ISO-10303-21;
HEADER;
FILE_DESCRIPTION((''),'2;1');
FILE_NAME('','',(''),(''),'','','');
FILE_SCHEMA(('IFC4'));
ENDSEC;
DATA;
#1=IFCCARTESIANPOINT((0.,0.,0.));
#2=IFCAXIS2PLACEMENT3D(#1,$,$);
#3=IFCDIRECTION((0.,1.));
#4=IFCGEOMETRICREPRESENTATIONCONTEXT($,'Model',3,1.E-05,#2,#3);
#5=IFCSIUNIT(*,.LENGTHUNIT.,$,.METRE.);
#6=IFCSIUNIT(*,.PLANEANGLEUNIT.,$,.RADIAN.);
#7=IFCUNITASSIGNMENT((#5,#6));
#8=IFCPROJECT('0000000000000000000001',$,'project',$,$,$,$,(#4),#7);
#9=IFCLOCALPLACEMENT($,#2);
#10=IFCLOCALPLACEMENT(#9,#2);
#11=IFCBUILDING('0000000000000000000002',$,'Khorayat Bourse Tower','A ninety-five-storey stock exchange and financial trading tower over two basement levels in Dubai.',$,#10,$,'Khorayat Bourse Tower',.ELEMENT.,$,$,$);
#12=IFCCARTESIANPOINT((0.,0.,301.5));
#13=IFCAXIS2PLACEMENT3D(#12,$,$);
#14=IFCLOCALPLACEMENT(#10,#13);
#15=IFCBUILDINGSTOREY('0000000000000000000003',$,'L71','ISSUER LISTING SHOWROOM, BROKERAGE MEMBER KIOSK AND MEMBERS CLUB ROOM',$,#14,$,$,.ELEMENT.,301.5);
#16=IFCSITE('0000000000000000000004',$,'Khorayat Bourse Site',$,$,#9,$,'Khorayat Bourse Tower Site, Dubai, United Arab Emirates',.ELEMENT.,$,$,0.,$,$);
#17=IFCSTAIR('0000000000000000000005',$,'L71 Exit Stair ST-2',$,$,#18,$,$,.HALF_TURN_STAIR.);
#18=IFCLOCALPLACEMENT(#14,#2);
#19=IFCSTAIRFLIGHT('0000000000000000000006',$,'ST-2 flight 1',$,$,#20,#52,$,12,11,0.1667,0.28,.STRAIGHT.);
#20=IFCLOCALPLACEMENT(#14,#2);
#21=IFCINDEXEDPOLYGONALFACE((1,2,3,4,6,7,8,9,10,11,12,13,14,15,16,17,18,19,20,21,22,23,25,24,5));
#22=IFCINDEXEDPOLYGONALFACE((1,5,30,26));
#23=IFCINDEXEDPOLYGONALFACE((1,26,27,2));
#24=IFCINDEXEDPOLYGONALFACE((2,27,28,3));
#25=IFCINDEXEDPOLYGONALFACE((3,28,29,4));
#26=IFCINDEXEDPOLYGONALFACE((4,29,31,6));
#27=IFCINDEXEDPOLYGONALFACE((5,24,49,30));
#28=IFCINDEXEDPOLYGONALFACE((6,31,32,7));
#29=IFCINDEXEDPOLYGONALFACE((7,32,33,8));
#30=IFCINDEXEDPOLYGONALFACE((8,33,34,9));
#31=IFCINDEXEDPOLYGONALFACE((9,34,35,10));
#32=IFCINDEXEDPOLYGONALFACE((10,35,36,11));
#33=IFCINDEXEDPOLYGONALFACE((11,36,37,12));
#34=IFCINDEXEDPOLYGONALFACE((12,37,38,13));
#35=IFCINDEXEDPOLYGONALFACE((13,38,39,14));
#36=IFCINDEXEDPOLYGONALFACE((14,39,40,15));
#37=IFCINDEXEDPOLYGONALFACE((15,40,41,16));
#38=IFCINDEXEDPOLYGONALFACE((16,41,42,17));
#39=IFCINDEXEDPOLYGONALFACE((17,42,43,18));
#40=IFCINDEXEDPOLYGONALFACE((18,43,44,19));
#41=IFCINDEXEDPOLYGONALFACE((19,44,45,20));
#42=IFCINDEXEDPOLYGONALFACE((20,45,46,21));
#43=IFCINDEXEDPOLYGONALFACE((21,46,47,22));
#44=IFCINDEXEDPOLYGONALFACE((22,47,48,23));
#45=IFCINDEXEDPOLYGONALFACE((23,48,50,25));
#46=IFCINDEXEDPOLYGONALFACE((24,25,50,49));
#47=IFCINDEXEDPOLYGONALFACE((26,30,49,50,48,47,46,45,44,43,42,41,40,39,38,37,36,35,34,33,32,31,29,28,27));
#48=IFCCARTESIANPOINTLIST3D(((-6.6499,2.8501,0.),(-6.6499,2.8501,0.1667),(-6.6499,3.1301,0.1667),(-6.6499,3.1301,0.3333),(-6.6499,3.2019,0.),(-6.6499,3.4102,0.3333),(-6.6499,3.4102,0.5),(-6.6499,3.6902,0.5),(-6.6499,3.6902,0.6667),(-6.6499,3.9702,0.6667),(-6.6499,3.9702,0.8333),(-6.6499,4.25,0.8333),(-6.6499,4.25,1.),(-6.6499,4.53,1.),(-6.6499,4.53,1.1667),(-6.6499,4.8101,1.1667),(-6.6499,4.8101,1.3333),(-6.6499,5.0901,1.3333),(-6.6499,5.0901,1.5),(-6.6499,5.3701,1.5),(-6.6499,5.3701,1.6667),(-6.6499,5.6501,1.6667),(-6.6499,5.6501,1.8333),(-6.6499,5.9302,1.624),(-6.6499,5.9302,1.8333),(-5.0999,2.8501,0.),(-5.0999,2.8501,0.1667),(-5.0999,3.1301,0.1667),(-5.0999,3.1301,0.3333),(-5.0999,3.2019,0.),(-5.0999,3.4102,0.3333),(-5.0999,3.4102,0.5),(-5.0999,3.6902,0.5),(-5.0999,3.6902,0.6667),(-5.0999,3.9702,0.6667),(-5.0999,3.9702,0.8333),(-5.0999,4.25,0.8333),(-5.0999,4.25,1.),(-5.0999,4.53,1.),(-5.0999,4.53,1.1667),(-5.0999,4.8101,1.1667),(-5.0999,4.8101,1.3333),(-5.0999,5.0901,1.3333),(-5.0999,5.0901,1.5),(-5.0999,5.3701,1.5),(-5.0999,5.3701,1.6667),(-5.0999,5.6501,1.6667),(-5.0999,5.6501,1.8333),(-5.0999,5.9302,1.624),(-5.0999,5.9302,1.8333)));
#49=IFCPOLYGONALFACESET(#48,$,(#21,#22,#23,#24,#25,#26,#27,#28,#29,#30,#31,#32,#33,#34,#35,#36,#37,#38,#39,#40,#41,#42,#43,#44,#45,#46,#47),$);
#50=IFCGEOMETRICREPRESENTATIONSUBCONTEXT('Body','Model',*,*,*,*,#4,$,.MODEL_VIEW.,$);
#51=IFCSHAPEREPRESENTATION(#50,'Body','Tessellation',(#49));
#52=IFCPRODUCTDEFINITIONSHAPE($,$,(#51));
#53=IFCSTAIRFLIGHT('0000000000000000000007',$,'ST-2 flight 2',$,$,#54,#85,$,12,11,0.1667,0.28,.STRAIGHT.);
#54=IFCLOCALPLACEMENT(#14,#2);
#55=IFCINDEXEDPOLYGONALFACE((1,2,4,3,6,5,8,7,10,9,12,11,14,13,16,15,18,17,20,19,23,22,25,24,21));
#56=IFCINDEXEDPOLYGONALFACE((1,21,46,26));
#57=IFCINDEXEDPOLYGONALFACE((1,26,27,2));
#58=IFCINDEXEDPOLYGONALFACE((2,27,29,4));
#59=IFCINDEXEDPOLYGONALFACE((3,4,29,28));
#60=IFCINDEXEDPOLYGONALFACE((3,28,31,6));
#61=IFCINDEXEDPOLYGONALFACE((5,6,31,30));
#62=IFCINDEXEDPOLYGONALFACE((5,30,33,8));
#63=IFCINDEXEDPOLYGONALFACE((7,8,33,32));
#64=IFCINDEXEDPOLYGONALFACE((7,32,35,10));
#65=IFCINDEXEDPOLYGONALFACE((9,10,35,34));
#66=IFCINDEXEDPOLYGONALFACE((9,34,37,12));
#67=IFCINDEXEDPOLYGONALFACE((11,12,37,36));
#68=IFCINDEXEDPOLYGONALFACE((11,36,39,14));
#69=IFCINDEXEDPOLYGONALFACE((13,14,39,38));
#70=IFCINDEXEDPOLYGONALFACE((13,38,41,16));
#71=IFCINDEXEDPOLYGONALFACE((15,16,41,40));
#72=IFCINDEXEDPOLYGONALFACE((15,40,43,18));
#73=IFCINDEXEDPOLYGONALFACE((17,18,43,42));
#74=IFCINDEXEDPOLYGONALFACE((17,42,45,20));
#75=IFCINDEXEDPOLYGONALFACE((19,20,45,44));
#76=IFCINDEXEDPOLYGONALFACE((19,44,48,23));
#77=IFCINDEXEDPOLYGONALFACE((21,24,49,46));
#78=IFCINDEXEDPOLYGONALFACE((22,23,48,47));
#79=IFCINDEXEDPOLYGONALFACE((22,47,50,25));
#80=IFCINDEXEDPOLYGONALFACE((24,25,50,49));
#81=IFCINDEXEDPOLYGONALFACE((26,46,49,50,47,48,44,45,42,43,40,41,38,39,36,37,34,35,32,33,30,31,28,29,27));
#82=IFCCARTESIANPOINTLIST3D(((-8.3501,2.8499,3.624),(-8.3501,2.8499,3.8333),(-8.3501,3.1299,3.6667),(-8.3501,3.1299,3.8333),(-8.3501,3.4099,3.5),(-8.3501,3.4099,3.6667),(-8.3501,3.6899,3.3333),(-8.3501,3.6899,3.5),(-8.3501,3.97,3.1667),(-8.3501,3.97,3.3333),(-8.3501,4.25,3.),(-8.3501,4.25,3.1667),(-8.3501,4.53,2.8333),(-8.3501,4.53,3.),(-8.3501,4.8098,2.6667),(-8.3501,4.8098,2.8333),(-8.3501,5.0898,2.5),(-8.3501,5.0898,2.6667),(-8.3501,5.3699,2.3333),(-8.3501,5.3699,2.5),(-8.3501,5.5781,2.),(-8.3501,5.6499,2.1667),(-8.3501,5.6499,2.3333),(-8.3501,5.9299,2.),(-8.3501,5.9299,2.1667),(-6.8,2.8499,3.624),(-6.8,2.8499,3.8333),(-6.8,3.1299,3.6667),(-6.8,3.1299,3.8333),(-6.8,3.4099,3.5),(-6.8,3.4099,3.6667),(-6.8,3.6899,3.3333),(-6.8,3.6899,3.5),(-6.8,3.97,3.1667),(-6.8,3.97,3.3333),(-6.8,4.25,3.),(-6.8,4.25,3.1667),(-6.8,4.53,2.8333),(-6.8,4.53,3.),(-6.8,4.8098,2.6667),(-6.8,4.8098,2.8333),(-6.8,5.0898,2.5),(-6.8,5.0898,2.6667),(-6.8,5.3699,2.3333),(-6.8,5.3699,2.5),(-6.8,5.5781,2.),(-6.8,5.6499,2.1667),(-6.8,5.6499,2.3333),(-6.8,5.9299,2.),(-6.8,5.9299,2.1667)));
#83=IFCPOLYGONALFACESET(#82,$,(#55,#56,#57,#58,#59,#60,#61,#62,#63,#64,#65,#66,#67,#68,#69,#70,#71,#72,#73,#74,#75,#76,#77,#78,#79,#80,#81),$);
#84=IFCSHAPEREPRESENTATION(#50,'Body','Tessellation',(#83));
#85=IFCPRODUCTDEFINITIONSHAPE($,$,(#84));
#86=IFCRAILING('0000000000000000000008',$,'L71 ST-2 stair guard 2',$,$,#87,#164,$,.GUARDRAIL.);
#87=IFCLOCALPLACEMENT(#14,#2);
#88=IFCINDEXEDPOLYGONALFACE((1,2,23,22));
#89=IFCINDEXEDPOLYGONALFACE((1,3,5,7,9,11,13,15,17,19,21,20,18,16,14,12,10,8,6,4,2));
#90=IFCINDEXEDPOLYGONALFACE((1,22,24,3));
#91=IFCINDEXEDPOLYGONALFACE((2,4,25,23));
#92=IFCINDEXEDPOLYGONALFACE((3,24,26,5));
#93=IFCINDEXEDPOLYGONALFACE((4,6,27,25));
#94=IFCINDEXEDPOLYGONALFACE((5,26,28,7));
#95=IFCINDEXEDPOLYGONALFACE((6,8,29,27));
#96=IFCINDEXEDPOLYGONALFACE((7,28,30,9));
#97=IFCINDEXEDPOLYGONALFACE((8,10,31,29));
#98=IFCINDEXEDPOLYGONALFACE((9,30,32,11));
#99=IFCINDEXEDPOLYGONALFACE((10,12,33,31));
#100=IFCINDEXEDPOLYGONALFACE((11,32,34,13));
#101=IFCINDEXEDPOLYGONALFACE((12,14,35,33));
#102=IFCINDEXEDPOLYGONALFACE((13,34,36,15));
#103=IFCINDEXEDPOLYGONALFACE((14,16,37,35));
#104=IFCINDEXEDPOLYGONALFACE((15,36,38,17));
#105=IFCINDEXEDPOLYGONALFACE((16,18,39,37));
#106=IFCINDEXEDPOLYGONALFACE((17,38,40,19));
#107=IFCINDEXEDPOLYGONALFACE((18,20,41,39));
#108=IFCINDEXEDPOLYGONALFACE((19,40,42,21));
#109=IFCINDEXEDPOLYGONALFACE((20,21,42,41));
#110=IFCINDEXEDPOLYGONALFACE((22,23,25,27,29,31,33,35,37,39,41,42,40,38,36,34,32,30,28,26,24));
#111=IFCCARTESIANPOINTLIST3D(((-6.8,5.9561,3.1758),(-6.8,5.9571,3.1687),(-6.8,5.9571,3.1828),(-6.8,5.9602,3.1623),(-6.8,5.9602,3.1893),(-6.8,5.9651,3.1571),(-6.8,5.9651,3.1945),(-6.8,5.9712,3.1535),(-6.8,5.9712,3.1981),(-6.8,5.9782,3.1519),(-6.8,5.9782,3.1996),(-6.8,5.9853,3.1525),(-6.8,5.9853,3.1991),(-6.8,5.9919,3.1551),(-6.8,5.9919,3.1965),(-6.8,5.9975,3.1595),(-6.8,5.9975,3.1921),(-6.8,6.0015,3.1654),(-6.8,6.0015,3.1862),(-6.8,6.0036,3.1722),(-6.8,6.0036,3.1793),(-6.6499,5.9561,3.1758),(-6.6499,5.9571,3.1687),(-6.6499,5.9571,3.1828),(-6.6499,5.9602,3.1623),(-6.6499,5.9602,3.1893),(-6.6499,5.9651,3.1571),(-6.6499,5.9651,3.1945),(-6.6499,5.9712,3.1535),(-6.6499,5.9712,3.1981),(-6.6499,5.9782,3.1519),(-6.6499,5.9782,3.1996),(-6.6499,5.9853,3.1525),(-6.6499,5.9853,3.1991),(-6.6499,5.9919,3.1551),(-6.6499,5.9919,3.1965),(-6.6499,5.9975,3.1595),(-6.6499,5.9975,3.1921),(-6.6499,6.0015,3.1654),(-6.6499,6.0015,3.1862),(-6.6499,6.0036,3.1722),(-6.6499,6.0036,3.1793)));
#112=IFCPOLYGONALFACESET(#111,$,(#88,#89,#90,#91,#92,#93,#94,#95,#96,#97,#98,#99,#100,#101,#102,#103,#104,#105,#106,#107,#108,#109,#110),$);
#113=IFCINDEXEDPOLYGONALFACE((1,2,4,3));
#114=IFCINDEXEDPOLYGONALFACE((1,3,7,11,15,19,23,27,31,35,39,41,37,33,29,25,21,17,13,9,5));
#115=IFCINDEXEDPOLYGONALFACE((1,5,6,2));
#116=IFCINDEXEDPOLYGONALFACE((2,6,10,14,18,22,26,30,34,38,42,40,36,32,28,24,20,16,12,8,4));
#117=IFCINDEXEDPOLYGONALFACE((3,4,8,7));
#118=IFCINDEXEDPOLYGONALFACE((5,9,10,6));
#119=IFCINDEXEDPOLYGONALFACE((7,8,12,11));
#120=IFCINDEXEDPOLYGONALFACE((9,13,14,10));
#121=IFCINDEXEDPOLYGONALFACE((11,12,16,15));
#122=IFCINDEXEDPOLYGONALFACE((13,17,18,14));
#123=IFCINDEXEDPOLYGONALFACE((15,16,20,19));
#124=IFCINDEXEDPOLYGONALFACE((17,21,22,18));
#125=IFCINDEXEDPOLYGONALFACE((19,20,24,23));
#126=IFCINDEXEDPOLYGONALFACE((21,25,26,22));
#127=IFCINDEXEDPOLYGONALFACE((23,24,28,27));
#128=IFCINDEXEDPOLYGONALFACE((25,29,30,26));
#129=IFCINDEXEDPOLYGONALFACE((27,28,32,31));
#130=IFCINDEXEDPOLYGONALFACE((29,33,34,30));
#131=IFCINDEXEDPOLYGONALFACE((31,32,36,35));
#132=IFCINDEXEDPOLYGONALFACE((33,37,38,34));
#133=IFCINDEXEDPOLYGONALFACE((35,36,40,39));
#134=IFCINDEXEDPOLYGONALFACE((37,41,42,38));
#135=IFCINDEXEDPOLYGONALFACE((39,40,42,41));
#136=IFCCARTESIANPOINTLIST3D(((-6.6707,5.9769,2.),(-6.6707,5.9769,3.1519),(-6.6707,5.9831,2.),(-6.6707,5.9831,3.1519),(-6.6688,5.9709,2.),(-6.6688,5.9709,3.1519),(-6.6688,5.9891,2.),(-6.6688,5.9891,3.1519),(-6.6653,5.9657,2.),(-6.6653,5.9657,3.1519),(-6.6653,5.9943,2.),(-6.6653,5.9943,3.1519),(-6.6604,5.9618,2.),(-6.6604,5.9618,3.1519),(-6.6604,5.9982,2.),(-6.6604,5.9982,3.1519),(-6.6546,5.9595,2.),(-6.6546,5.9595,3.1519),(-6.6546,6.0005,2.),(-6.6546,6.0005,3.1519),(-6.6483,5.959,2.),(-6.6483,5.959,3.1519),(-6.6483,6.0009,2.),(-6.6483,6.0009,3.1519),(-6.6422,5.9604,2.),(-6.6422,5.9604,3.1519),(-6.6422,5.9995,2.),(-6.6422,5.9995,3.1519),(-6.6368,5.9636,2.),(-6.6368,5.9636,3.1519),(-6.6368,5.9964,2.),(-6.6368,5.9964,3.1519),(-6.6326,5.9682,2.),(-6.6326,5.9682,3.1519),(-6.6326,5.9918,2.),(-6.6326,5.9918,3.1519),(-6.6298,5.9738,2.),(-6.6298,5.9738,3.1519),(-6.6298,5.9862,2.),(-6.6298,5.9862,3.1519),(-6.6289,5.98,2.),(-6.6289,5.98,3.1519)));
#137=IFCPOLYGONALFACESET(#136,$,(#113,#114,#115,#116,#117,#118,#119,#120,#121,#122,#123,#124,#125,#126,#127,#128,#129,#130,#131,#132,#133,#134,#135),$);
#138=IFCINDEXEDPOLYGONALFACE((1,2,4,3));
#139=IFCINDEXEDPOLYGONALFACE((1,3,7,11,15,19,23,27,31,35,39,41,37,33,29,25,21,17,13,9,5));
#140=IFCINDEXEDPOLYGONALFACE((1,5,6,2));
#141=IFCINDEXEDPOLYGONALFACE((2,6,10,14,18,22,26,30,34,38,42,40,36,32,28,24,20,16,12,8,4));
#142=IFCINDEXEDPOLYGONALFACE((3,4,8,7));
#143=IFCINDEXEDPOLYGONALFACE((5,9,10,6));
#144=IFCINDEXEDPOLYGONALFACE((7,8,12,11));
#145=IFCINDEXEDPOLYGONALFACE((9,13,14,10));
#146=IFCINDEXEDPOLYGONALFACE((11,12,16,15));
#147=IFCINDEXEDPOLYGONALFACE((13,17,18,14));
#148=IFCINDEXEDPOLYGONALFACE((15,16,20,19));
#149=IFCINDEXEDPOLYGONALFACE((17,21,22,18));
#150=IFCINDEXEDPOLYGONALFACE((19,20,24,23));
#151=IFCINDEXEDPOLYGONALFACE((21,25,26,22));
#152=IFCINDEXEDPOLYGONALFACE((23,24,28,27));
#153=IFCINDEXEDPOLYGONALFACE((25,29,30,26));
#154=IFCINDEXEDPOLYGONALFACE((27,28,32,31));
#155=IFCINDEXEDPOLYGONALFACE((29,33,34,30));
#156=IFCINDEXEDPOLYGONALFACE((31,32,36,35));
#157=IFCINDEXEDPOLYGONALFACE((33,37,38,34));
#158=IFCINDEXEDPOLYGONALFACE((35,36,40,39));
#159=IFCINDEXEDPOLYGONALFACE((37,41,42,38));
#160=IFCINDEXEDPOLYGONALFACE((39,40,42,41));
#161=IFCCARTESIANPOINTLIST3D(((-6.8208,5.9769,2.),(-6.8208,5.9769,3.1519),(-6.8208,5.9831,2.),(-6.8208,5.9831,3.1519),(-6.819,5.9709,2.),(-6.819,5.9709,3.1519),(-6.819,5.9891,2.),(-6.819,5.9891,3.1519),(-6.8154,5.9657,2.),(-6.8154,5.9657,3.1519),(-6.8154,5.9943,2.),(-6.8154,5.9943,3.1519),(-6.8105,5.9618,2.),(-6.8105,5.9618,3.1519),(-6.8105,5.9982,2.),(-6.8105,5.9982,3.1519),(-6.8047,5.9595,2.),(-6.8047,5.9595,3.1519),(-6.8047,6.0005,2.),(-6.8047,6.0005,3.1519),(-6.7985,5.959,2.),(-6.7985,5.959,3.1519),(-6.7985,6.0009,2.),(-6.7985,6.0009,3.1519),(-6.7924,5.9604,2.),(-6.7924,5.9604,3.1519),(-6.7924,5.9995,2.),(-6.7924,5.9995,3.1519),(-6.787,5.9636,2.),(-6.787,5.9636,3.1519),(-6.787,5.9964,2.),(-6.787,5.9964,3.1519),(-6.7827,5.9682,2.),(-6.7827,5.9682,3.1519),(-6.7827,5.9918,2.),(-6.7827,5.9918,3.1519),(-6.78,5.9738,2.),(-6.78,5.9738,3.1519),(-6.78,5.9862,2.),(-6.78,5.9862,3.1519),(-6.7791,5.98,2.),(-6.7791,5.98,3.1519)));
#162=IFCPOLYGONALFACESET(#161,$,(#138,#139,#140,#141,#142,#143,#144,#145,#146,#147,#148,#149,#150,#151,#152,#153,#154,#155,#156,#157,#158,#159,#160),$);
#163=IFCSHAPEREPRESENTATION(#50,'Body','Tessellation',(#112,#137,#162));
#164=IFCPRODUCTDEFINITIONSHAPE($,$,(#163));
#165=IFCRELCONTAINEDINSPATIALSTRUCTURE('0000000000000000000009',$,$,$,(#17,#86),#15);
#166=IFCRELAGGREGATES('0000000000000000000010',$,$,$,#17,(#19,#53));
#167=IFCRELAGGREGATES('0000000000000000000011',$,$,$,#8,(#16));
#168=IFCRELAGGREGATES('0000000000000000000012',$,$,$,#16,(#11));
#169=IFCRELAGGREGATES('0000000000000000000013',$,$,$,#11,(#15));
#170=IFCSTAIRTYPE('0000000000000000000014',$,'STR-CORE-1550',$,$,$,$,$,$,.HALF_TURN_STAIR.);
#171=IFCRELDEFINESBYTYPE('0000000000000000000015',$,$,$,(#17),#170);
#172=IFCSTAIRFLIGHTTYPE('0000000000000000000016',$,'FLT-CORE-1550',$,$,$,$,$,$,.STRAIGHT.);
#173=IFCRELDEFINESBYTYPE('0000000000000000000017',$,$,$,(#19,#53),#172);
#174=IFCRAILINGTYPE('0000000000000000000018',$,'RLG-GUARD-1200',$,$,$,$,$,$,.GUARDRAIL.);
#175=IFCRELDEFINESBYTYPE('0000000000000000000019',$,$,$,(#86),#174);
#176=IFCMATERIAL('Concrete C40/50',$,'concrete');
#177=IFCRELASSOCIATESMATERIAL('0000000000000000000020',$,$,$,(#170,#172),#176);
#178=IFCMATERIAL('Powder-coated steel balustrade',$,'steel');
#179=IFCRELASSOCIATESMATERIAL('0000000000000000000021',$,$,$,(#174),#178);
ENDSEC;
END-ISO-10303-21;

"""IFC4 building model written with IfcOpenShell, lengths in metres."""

from ifc_helpers import new_model, si_unit, direction, frame, origin, origin_2d, place, context, subcontext, project, spatial, polyline, circle, outline, extrude, source, transform, mapped, material, type_object, element, aggregate, save


model = new_model("IFC4")

# Units and contexts
model_context = context("Model", 3, precision=1e-05, world=origin(), true_north=direction((0.0, 1.0)))
body_context = subcontext(model_context, "Body", "Model", "MODEL_VIEW")
ifc_project = project(units=[si_unit("LENGTHUNIT", "METRE"), si_unit("PLANEANGLEUNIT", "RADIAN")], contexts=[model_context])

# Site, building, storey
site_placement = place(None, origin())
site = spatial("IfcSite", under=ifc_project, at=site_placement, Name="Khorayat Bourse Site", LongName="Khorayat Bourse Tower Site, Dubai, United Arab Emirates", CompositionType="ELEMENT", RefElevation=0.0)
building_placement = place(site_placement, origin())
building = spatial("IfcBuilding", under=site, at=building_placement, Name="Khorayat Bourse Tower", Description="A ninety-five-storey stock exchange and financial trading tower over two basement levels in Dubai.", LongName="Khorayat Bourse Tower", CompositionType="ELEMENT")
storey_placement = place(building_placement, frame((0.0, 0.0, 301.5)))
storey = spatial("IfcBuildingStorey", under=building, at=storey_placement, Name="L71", Description="ISSUER LISTING SHOWROOM, BROKERAGE MEMBER KIOSK AND MEMBERS CLUB ROOM", CompositionType="ELEMENT", Elevation=301.5)

# Stair, stair flights
ifc_material_1 = material(Name="Concrete C40/50", Category="concrete")
stair_type = type_object("IfcStairType", Name="STR-CORE-1550", PredefinedType="HALF_TURN_STAIR", material=ifc_material_1)
stair_placement = place(storey_placement, origin())
stair = element("IfcStair", 1, at=stair_placement, inside=storey, type_object=stair_type, Name="L71 Exit Stair ST-2", PredefinedType="HALF_TURN_STAIR")
stair_flight_type = type_object("IfcStairFlightType", Name="FLT-CORE-1550", PredefinedType="STRAIGHT", material=ifc_material_1)
shared_shape_1 = source(origin(), body_context, "Body", "SweptSolid", [
    extrude(outline(polyline([(0.0, 0.0), (0.0, 0.1667), (0.28, 0.1667), (0.28, 0.3333), (0.5601, 0.3333), (0.5601, 0.5), (0.8401, 0.5), (0.8401, 0.6667), (1.1201, 0.6667), (1.1201, 0.8333), (1.3999, 0.8333), (1.3999, 1.0), (1.6799, 1.0), (1.6799, 1.1667), (1.96, 1.1667), (1.96, 1.3333), (2.24, 1.3333), (2.24, 1.5), (2.52, 1.5), (2.52, 1.6667), (2.8, 1.6667), (2.8, 1.8333), (3.0801, 1.8333), (3.0801, 2.0), (3.0801, 1.624), (0.3518, 0.0), (0.0, 0.0)])), frame((0.0, 0.7749, 0.0), z_axis=(0.0, -1.0, 0.0), x_axis=(1.0, 0.0, 0.0)), (0.0, 0.0, 1.0), 1.55),
])
stair_flight_1_placement = place(storey_placement, frame((-5.875, 2.8501, 0.0), z_axis=(0.0, 0.0, 1.0), x_axis=(0.0, 1.0, 0.0)))
stair_flight_1 = element("IfcStairFlight", 2, at=stair_flight_1_placement, type_object=stair_flight_type, Name="ST-2 flight 1", NumberOfRisers=12, NumberOfTreads=11, PredefinedType="STRAIGHT", RiserHeight=0.1667, TreadLength=0.28, context=body_context, shape_type="MappedRepresentation", body=[
    mapped(shared_shape_1, transform((0.0, 0.0, 0.0), scale=1.0)),
])
stair_flight_2_placement = place(storey_placement, frame((-7.575, 5.9299, 2.0), z_axis=(0.0, 0.0, 1.0), x_axis=(0.0, -1.0, 0.0)))
stair_flight_2 = element("IfcStairFlight", 3, at=stair_flight_2_placement, type_object=stair_flight_type, Name="ST-2 flight 2", NumberOfRisers=12, NumberOfTreads=11, PredefinedType="STRAIGHT", RiserHeight=0.1667, TreadLength=0.28, context=body_context, shape_type="MappedRepresentation", body=[
    mapped(shared_shape_1, transform((0.0, 0.0, 0.0), scale=1.0)),
])
aggregate(stair, [stair_flight_1, stair_flight_2])

# Railing
ifc_material_2 = material(Name="Powder-coated steel balustrade", Category="steel")
railing_type_1 = type_object("IfcRailingType", Name="RLG-GUARD-1200", PredefinedType="GUARDRAIL", material=ifc_material_2)
shared_shape_2 = source(origin(), body_context, "Body", "SweptSolid", [
    extrude(circle(Radius=0.0239, at=origin_2d()), frame((0.0, 0.0, 1.1758), z_axis=(-1.0, 0.0, 0.0), x_axis=(0.0, -1.0, 0.0)), (0.0, 0.0, 1.0), 0.1501),
    extrude(circle(Radius=0.021, at=origin_2d()), origin(), (0.0, 0.0, 1.0), 1.1519),
    extrude(circle(Radius=0.021, at=origin_2d()), frame((-0.1501, 0.0, 0.0)), (0.0, 0.0, 1.0), 1.1519),
])
for number, where, name in (
    (4, (-6.6499, 5.98, 2.0), "L71 ST-2 stair guard 2"),
):
    element("IfcRailing", number, at=place(storey_placement, frame(where)), inside=storey, type_object=railing_type_1, Name=name, PredefinedType="GUARDRAIL", context=body_context, shape_type="MappedRepresentation", body=[
        mapped(shared_shape_2, transform((0.0, 0.0, 0.0), scale=1.0)),
    ])

save(model, "model.ifc")
